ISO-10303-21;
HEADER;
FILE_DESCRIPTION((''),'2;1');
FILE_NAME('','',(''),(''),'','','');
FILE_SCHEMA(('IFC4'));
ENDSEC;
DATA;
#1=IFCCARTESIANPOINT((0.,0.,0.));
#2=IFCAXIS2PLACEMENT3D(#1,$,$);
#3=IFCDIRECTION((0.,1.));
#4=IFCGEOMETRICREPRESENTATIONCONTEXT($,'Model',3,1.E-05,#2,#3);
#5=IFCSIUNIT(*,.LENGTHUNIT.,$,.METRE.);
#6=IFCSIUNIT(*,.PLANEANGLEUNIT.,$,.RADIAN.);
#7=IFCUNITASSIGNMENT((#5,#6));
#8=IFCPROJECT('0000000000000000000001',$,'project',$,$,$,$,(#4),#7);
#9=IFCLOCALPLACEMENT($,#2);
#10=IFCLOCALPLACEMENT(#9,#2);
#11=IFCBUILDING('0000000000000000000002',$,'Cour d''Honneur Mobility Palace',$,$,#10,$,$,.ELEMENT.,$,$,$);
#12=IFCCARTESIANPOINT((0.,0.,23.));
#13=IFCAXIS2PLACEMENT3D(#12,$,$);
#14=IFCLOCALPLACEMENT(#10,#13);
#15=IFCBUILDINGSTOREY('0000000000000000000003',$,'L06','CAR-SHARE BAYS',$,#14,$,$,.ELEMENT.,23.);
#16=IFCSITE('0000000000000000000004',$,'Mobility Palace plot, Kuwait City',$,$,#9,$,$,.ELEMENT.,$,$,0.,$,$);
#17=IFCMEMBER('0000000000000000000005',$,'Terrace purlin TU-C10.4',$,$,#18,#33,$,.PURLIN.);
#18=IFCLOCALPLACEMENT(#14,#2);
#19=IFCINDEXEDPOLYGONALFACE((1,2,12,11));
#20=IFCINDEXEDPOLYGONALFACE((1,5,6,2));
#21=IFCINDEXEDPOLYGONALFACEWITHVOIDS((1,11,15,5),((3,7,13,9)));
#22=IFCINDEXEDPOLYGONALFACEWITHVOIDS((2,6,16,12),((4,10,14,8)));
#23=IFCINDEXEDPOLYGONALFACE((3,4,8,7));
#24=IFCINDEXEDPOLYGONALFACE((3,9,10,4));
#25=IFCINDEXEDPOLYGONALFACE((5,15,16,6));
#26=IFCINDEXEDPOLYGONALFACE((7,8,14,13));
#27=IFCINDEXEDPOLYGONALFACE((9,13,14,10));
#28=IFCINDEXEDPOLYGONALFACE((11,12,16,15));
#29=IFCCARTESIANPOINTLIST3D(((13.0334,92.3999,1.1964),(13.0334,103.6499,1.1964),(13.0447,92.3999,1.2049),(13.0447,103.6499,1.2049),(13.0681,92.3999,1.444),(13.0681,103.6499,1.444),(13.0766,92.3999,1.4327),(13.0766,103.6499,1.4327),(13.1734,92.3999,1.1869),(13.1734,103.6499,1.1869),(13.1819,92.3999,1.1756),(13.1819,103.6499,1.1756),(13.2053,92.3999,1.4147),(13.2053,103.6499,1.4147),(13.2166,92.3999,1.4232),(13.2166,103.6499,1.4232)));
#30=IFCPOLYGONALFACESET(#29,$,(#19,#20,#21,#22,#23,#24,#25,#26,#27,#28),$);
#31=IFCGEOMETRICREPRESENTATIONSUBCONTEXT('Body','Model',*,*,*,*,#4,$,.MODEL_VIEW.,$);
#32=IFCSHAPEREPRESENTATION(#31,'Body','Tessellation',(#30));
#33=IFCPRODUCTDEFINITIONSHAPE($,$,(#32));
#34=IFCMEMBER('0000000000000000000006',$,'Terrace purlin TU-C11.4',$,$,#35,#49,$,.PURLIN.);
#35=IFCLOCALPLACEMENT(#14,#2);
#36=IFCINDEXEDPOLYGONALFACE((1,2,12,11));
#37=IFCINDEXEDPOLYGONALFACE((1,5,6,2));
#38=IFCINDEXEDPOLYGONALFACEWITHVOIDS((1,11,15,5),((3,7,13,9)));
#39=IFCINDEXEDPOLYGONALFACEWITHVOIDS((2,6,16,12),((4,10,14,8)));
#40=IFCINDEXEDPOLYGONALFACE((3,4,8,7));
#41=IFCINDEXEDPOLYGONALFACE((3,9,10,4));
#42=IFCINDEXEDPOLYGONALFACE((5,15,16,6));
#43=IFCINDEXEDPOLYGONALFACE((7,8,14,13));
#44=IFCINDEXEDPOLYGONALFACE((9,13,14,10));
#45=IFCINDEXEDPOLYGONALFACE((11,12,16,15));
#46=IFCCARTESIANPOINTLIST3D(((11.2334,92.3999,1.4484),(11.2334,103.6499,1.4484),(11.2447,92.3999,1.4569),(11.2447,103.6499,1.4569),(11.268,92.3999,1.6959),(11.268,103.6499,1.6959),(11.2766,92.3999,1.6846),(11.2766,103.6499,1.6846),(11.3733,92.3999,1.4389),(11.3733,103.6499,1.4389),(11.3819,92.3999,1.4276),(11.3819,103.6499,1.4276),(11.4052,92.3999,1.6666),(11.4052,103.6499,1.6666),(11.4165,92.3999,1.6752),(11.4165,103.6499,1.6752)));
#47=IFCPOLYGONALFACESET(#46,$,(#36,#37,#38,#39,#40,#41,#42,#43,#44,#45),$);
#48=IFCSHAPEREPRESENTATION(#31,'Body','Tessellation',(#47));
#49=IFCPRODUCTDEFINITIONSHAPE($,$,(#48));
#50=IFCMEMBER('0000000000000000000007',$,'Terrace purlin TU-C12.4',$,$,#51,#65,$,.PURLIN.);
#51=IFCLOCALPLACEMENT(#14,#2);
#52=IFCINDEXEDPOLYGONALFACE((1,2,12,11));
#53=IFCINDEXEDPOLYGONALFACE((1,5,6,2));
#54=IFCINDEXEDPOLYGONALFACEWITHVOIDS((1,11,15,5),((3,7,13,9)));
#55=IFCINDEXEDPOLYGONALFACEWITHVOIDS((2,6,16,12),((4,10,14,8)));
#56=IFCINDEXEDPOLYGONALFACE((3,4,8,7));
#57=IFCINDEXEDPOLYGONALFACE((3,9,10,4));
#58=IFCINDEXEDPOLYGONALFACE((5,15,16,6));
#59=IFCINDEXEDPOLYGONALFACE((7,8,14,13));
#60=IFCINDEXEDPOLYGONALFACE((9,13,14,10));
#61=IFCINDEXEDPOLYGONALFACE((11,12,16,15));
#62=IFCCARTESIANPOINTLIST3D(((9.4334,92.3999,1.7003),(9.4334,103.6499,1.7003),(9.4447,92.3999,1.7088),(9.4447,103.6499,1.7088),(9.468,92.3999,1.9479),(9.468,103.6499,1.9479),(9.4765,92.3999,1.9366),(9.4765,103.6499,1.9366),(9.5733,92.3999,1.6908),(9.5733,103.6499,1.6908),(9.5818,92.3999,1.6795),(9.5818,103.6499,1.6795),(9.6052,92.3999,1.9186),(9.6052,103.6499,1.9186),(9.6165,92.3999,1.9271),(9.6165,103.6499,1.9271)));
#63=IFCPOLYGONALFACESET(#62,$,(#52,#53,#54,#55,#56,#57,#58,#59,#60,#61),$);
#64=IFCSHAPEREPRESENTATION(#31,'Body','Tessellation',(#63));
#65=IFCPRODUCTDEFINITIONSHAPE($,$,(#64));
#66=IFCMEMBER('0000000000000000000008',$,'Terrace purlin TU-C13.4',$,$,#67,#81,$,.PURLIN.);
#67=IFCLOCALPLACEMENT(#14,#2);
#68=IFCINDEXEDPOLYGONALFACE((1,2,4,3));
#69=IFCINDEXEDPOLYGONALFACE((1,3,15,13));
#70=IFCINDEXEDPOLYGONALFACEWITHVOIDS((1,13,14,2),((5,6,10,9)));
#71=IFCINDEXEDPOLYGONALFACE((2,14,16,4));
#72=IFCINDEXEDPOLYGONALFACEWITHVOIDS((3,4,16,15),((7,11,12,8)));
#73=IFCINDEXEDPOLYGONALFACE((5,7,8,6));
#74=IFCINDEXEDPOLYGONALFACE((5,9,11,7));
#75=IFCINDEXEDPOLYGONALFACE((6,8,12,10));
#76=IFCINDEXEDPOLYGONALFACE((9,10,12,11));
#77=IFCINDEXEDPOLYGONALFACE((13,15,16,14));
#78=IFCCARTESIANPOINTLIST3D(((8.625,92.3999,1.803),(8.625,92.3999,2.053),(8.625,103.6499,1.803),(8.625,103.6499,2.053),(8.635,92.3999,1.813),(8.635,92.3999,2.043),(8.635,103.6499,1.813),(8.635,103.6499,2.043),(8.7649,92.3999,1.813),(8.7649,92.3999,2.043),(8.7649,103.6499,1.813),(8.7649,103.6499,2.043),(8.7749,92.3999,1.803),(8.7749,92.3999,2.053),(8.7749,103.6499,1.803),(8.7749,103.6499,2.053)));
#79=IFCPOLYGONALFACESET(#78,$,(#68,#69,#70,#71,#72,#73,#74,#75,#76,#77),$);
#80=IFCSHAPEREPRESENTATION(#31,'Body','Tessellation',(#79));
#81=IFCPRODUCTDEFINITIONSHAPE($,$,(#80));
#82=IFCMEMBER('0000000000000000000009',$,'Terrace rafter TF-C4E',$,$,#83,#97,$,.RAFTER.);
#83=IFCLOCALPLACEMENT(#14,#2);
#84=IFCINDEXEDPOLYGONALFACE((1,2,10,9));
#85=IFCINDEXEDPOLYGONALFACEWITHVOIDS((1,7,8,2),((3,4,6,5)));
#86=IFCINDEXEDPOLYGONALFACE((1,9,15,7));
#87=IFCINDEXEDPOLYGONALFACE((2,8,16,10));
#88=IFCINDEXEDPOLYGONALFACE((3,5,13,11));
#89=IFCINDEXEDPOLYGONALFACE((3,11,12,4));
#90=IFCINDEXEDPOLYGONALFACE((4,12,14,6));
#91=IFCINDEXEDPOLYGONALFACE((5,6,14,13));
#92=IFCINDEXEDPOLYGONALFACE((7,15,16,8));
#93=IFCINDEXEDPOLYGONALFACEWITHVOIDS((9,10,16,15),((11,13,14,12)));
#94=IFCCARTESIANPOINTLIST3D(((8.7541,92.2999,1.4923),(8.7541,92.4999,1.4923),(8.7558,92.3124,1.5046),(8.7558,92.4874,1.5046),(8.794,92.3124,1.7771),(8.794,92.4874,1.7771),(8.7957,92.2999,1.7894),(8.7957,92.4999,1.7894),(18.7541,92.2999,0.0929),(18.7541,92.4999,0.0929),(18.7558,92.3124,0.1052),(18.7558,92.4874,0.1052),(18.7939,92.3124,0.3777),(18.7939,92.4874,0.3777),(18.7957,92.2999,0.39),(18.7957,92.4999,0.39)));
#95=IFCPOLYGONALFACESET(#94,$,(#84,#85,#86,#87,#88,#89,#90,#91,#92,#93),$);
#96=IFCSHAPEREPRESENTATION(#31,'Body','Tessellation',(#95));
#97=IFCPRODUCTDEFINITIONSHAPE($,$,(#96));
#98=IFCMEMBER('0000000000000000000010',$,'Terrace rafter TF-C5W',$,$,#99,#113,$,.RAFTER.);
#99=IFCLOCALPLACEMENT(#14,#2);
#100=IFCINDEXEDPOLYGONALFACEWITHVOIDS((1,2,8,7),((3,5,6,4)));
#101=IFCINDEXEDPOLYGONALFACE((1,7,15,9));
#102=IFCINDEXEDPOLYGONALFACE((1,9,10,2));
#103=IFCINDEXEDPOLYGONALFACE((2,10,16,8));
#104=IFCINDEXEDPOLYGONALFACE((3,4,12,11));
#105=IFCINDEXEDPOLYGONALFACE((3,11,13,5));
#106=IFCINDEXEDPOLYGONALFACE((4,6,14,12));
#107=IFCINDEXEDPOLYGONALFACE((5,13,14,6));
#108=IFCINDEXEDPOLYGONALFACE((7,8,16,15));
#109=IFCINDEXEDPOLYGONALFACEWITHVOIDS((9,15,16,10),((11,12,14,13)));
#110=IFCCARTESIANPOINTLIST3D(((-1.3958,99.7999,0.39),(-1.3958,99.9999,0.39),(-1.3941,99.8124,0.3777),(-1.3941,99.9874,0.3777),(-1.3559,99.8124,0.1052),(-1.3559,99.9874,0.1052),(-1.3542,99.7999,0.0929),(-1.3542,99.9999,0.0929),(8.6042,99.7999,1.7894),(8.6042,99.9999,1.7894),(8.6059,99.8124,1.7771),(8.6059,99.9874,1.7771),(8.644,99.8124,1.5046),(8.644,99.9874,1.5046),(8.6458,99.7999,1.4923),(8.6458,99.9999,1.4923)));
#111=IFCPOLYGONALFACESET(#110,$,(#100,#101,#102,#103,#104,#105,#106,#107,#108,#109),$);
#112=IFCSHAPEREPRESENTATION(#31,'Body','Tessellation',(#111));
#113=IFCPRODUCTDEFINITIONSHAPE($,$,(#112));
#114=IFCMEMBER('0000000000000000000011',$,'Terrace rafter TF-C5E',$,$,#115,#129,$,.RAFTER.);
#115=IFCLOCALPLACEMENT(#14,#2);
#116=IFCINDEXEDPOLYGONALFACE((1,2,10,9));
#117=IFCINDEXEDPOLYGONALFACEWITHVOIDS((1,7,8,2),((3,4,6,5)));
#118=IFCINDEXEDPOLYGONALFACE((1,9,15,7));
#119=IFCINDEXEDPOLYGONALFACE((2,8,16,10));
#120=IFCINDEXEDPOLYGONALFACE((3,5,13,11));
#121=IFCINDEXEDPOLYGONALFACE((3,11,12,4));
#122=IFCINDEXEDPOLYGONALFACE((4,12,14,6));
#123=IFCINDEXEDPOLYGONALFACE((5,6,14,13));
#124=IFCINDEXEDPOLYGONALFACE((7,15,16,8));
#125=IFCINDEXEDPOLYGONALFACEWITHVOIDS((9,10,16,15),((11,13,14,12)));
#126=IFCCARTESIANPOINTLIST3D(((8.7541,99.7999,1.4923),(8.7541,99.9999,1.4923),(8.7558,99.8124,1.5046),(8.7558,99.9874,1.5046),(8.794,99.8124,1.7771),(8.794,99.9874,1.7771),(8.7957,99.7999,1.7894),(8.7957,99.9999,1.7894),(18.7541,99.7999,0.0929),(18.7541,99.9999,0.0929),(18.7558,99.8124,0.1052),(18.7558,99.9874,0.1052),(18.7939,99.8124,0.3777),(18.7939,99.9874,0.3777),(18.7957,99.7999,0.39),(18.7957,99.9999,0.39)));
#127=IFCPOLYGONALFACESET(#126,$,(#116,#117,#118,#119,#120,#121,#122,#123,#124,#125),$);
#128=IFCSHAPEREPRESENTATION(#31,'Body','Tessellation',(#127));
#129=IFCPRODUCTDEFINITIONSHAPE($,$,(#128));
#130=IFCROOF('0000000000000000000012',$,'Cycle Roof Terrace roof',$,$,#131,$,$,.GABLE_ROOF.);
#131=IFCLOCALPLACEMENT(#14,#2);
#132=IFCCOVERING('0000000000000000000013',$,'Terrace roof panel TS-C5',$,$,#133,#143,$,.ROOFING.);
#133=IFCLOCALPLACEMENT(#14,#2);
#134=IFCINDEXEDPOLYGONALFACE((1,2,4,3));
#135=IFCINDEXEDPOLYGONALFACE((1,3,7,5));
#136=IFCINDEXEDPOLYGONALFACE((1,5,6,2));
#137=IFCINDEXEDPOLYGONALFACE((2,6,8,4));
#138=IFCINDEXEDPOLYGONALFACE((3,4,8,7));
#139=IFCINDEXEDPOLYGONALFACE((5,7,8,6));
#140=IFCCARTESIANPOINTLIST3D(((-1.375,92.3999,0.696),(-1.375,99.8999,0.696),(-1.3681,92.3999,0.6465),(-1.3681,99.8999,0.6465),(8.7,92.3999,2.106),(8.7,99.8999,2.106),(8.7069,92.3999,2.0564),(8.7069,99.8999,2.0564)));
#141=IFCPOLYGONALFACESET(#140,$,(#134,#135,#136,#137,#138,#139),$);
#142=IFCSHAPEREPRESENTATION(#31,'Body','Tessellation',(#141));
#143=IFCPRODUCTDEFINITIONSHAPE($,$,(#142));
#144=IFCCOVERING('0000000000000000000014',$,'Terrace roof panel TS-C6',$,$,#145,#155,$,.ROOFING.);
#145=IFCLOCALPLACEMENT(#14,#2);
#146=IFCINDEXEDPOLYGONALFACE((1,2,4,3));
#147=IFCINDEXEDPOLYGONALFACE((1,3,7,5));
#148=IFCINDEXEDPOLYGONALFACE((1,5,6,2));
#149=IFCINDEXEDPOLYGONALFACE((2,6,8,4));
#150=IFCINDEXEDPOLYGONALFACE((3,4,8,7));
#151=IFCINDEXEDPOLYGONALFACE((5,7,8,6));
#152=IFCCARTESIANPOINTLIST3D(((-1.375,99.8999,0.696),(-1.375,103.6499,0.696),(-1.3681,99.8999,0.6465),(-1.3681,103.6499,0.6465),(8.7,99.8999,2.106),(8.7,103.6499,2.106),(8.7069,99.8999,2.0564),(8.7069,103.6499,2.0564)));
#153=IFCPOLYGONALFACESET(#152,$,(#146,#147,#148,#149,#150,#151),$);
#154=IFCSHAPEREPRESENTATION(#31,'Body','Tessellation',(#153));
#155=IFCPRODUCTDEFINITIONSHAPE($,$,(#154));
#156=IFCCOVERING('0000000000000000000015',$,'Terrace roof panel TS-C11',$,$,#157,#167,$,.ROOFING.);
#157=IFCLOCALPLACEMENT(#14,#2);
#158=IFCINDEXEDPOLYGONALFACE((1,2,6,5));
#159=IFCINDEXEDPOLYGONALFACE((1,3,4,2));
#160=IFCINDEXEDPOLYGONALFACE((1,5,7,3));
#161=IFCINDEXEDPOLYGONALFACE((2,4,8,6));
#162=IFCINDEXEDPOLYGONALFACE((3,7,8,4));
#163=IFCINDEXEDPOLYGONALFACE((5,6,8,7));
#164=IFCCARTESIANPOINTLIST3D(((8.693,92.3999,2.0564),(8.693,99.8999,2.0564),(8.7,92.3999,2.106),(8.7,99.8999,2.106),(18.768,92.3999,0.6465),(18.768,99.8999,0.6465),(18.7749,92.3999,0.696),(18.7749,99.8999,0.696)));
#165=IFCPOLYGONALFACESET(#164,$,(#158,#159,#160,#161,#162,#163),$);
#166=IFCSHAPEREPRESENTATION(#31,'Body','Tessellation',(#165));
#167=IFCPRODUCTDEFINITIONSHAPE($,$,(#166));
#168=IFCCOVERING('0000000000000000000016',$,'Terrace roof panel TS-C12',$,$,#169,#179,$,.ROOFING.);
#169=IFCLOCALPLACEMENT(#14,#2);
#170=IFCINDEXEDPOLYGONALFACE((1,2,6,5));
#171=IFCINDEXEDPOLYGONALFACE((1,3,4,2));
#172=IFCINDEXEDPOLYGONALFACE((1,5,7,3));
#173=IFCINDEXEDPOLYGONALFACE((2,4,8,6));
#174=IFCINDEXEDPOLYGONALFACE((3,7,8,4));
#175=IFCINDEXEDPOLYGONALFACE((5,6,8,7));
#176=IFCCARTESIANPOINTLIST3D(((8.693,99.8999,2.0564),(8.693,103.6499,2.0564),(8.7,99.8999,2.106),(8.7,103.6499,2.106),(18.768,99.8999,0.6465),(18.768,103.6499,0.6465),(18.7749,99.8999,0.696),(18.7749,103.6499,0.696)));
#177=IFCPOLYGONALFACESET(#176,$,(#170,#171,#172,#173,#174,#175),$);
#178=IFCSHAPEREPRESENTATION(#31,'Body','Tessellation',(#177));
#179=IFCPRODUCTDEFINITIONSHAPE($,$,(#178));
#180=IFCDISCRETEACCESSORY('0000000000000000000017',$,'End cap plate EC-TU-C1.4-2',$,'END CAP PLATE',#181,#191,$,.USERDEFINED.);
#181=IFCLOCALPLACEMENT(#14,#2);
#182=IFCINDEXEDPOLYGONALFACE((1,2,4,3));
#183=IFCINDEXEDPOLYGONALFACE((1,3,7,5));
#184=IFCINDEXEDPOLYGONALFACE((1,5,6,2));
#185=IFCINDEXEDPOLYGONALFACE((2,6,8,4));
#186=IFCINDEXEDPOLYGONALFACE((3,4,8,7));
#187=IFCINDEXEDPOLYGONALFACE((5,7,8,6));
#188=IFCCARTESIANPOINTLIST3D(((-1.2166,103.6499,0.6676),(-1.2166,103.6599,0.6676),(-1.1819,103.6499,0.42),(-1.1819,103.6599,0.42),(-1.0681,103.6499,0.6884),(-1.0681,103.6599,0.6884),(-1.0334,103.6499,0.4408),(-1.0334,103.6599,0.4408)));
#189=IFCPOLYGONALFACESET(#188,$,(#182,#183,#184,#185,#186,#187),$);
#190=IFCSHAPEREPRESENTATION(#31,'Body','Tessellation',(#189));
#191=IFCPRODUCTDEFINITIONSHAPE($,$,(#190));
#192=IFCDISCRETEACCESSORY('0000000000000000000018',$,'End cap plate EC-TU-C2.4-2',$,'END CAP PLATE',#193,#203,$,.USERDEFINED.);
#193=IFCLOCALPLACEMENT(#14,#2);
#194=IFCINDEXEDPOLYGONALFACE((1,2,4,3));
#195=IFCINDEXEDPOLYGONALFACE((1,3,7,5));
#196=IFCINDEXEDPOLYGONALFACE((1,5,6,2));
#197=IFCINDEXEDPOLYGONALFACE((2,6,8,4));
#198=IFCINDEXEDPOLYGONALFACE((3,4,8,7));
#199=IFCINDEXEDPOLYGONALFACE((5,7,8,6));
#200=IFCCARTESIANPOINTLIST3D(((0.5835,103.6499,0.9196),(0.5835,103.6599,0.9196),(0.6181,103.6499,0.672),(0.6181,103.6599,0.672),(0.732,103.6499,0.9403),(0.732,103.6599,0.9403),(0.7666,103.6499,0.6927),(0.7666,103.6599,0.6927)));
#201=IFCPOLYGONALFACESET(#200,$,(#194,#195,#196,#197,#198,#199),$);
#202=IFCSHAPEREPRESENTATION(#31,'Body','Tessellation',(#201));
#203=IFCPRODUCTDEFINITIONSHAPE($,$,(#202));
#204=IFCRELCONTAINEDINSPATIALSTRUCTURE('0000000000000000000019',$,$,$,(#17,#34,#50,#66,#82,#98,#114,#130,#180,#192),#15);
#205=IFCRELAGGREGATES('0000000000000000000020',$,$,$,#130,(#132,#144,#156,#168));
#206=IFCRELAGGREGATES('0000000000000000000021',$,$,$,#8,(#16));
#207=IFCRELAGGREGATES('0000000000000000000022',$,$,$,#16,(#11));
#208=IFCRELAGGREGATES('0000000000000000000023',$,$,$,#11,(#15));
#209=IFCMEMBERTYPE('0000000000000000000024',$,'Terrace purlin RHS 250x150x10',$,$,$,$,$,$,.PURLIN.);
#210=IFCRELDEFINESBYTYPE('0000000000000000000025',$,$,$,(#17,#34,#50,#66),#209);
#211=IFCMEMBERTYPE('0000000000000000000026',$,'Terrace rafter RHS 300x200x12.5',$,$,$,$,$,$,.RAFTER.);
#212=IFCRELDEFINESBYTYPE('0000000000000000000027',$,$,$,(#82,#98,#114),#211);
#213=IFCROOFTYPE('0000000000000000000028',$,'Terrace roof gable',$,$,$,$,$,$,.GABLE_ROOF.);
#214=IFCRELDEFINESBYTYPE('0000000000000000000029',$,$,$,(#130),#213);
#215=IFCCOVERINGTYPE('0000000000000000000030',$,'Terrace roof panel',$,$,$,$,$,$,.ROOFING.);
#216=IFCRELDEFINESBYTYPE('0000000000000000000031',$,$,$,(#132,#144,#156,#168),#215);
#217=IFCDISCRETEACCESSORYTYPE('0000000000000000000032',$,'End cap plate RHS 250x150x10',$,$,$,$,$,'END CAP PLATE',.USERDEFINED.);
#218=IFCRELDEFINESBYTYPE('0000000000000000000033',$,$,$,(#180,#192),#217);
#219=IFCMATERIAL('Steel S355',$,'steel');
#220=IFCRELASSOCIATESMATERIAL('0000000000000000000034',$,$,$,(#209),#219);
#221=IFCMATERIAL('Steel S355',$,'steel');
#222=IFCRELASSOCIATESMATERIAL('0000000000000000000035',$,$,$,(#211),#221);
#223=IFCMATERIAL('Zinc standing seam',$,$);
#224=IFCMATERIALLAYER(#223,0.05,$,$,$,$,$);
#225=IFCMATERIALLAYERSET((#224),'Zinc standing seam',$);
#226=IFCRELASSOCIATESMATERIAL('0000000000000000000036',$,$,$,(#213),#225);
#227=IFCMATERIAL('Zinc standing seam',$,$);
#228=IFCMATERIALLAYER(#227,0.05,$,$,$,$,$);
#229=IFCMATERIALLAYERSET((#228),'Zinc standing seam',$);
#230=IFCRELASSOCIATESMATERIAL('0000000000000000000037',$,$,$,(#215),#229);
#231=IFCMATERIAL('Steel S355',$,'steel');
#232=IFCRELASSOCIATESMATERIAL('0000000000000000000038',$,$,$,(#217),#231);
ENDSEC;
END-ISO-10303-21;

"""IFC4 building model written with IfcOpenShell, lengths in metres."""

from ifc_helpers import new_model, si_unit, direction, frame, origin, origin_2d, place, context, subcontext, project, spatial, polyline, rectangle, hollow_rectangle, outline, extrude, material, layer, layer_set, material_profile, profile_set, type_object, element, aggregate, save


model = new_model("IFC4")

# Units and contexts
model_context = context("Model", 3, precision=1e-05, world=origin(), true_north=direction((0.0, 1.0)))
body_context = subcontext(model_context, "Body", "Model", "MODEL_VIEW")
ifc_project = project(units=[si_unit("LENGTHUNIT", "METRE"), si_unit("PLANEANGLEUNIT", "RADIAN")], contexts=[model_context])

# Site, building, storey
site_placement = place(None, origin())
site = spatial("IfcSite", under=ifc_project, at=site_placement, Name="Mobility Palace plot, Kuwait City", CompositionType="ELEMENT", RefElevation=0.0)
building_placement = place(site_placement, origin())
building = spatial("IfcBuilding", under=site, at=building_placement, Name="Cour d'Honneur Mobility Palace", CompositionType="ELEMENT")
storey_placement = place(building_placement, frame((0.0, 0.0, 23.0)))
storey = spatial("IfcBuildingStorey", under=building, at=storey_placement, Name="L06", Description="CAR-SHARE BAYS", CompositionType="ELEMENT", Elevation=23.0)

# Members
ifc_material_1 = material(Name="Steel S355", Category="steel")
ifc_material_profile_1 = material_profile(ifc_material_1, hollow_rectangle(XDim=0.1499, YDim=0.25, WallThickness=0.01, at=origin_2d()), Name="RHS 250x150x10")
ifc_profile_set_1 = profile_set([ifc_material_profile_1], Name="Steel S355")
member_type_1 = type_object("IfcMemberType", Name="Terrace purlin RHS 250x150x10", PredefinedType="PURLIN", material=ifc_profile_set_1)
for number, where, z_axis, x_axis, name in (
    (1, (13.125, 92.3999, 1.3098), (0.0, 1.0, 0.0), (-0.99035, 0.0, 0.138591), "Terrace purlin TU-C10.4"),
    (2, (11.325, 92.3999, 1.5618), (0.0, 1.0, 0.0), (-0.99035, 0.0, 0.138591), "Terrace purlin TU-C11.4"),
    (3, (9.5249, 92.3999, 1.8137), (0.0, 1.0, 0.0), (-0.99035, 0.0, 0.138591), "Terrace purlin TU-C12.4"),
    (4, (8.7, 92.3999, 1.928), (0.0, 1.0, 0.0), (-1.0, 0.0, 0.0), "Terrace purlin TU-C13.4"),
):
    element("IfcMember", number, at=place(storey_placement, frame(where, z_axis=z_axis, x_axis=x_axis)), inside=storey, type_object=member_type_1, Name=name, PredefinedType="PURLIN", context=body_context, shape_type="SweptSolid", body=[
        extrude(hollow_rectangle(XDim=0.1499, YDim=0.25, WallThickness=0.01, at=origin_2d()), origin(), (0.0, 0.0, 1.0), 11.25),
    ])
ifc_material_2 = material(Name="Steel S355", Category="steel")
ifc_material_profile_2 = material_profile(ifc_material_2, hollow_rectangle(XDim=0.2, YDim=0.3, WallThickness=0.0125, at=origin_2d()), Name="RHS 300x200x12.5")
ifc_profile_set_2 = profile_set([ifc_material_profile_2], Name="Steel S355")
member_type_2 = type_object("IfcMemberType", Name="Terrace rafter RHS 300x200x12.5", PredefinedType="RAFTER", material=ifc_profile_set_2)
for number, where, z_axis, x_axis, name in (
    (5, (8.7749, 92.3999, 1.6409), (0.99035, 0.0, -0.138591), (0.0, 1.0, 0.0), "Terrace rafter TF-C4E"),
    (6, (-1.375, 99.8999, 0.2415), (0.99035, 0.0, 0.138591), (0.0, 1.0, 0.0), "Terrace rafter TF-C5W"),
    (7, (8.7749, 99.8999, 1.6409), (0.99035, 0.0, -0.138591), (0.0, 1.0, 0.0), "Terrace rafter TF-C5E"),
):
    element("IfcMember", number, at=place(storey_placement, frame(where, z_axis=z_axis, x_axis=x_axis)), inside=storey, type_object=member_type_2, Name=name, PredefinedType="RAFTER", context=body_context, shape_type="SweptSolid", body=[
        extrude(hollow_rectangle(XDim=0.2, YDim=0.3, WallThickness=0.0125, at=origin_2d()), origin(), (0.0, 0.0, 1.0), 10.0974),
    ])

# Roof, coverings
ifc_material_3 = material(Name="Zinc standing seam")
ifc_layer_1 = layer(ifc_material_3, 0.05)
ifc_layer_set_1 = layer_set([ifc_layer_1], Name="Zinc standing seam")
roof_type = type_object("IfcRoofType", Name="Terrace roof gable", PredefinedType="GABLE_ROOF", material=ifc_layer_set_1)
roof_placement = place(storey_placement, origin())
roof = element("IfcRoof", 8, at=roof_placement, inside=storey, type_object=roof_type, Name="Cycle Roof Terrace roof", PredefinedType="GABLE_ROOF")
ifc_material_4 = material(Name="Zinc standing seam")
ifc_layer_2 = layer(ifc_material_4, 0.05)
ifc_layer_set_2 = layer_set([ifc_layer_2], Name="Zinc standing seam")
covering_type = type_object("IfcCoveringType", Name="Terrace roof panel", PredefinedType="ROOFING", material=ifc_layer_set_2)
covering_1_placement = place(storey_placement, frame((-1.375, 92.3999, 0.696), z_axis=(-0.138592, 0.0, 0.99035), x_axis=(0.99035, 0.0, 0.138592)))
covering_1 = element("IfcCovering", 9, at=covering_1_placement, type_object=covering_type, Name="Terrace roof panel TS-C5", PredefinedType="ROOFING", context=body_context, shape_type="SweptSolid", body=[
    extrude(outline(polyline([(0.0, 0.0), (10.1731, 0.0), (10.1731, 7.5), (0.0, 7.5), (0.0, 0.0)])), origin(), (0.0, 0.0, -1.0), 0.05),
])
covering_2_placement = place(storey_placement, frame((-1.375, 99.8999, 0.696), z_axis=(-0.138592, 0.0, 0.99035), x_axis=(0.99035, 0.0, 0.138592)))
covering_2 = element("IfcCovering", 10, at=covering_2_placement, type_object=covering_type, Name="Terrace roof panel TS-C6", PredefinedType="ROOFING", context=body_context, shape_type="SweptSolid", body=[
    extrude(outline(polyline([(0.0, 0.0), (10.1731, 0.0), (10.1731, 3.75), (0.0, 3.75), (0.0, 0.0)])), origin(), (0.0, 0.0, -1.0), 0.05),
])
covering_3_placement = place(storey_placement, frame((8.7, 92.3999, 2.106), z_axis=(0.138592, 0.0, 0.99035), x_axis=(0.99035, 0.0, -0.138592)))
covering_3 = element("IfcCovering", 11, at=covering_3_placement, type_object=covering_type, Name="Terrace roof panel TS-C11", PredefinedType="ROOFING", context=body_context, shape_type="SweptSolid", body=[
    extrude(outline(polyline([(0.0, 0.0), (10.1731, 0.0), (10.1731, 7.5), (0.0, 7.5), (0.0, 0.0)])), origin(), (0.0, 0.0, -1.0), 0.05),
])
covering_4_placement = place(storey_placement, frame((8.7, 99.8999, 2.106), z_axis=(0.138592, 0.0, 0.99035), x_axis=(0.99035, 0.0, -0.138592)))
covering_4 = element("IfcCovering", 12, at=covering_4_placement, type_object=covering_type, Name="Terrace roof panel TS-C12", PredefinedType="ROOFING", context=body_context, shape_type="SweptSolid", body=[
    extrude(outline(polyline([(0.0, 0.0), (10.1731, 0.0), (10.1731, 3.75), (0.0, 3.75), (0.0, 0.0)])), origin(), (0.0, 0.0, -1.0), 0.05),
])
aggregate(roof, [covering_1, covering_2, covering_3, covering_4])

# Discrete accessories
ifc_material_5 = material(Name="Steel S355", Category="steel")
ifc_material_profile_3 = material_profile(ifc_material_5, rectangle(XDim=0.1499, YDim=0.25, at=origin_2d()), Name="PL 250x150x10")
ifc_profile_set_3 = profile_set([ifc_material_profile_3], Name="Steel S355")
discrete_accessory_type_1 = type_object("IfcDiscreteAccessoryType", Name="End cap plate RHS 250x150x10", ElementType="END CAP PLATE", PredefinedType="USERDEFINED", material=ifc_profile_set_3)
for number, where, z_axis, x_axis, name in (
    (13, (-1.125, 103.6499, 0.5542), (0.0, 1.0, 0.0), (-0.99035, 0.0, -0.138591), "End cap plate EC-TU-C1.4-2"),
    (14, (0.675, 103.6499, 0.8062), (0.0, 1.0, 0.0), (-0.99035, 0.0, -0.138591), "End cap plate EC-TU-C2.4-2"),
):
    element("IfcDiscreteAccessory", number, at=place(storey_placement, frame(where, z_axis=z_axis, x_axis=x_axis)), inside=storey, type_object=discrete_accessory_type_1, Name=name, ObjectType="END CAP PLATE", PredefinedType="USERDEFINED", context=body_context, shape_type="SweptSolid", body=[
        extrude(rectangle(XDim=0.1499, YDim=0.25, at=origin_2d()), origin(), (0.0, 0.0, 1.0), 0.01),
    ])

save(model, "model.ifc")
